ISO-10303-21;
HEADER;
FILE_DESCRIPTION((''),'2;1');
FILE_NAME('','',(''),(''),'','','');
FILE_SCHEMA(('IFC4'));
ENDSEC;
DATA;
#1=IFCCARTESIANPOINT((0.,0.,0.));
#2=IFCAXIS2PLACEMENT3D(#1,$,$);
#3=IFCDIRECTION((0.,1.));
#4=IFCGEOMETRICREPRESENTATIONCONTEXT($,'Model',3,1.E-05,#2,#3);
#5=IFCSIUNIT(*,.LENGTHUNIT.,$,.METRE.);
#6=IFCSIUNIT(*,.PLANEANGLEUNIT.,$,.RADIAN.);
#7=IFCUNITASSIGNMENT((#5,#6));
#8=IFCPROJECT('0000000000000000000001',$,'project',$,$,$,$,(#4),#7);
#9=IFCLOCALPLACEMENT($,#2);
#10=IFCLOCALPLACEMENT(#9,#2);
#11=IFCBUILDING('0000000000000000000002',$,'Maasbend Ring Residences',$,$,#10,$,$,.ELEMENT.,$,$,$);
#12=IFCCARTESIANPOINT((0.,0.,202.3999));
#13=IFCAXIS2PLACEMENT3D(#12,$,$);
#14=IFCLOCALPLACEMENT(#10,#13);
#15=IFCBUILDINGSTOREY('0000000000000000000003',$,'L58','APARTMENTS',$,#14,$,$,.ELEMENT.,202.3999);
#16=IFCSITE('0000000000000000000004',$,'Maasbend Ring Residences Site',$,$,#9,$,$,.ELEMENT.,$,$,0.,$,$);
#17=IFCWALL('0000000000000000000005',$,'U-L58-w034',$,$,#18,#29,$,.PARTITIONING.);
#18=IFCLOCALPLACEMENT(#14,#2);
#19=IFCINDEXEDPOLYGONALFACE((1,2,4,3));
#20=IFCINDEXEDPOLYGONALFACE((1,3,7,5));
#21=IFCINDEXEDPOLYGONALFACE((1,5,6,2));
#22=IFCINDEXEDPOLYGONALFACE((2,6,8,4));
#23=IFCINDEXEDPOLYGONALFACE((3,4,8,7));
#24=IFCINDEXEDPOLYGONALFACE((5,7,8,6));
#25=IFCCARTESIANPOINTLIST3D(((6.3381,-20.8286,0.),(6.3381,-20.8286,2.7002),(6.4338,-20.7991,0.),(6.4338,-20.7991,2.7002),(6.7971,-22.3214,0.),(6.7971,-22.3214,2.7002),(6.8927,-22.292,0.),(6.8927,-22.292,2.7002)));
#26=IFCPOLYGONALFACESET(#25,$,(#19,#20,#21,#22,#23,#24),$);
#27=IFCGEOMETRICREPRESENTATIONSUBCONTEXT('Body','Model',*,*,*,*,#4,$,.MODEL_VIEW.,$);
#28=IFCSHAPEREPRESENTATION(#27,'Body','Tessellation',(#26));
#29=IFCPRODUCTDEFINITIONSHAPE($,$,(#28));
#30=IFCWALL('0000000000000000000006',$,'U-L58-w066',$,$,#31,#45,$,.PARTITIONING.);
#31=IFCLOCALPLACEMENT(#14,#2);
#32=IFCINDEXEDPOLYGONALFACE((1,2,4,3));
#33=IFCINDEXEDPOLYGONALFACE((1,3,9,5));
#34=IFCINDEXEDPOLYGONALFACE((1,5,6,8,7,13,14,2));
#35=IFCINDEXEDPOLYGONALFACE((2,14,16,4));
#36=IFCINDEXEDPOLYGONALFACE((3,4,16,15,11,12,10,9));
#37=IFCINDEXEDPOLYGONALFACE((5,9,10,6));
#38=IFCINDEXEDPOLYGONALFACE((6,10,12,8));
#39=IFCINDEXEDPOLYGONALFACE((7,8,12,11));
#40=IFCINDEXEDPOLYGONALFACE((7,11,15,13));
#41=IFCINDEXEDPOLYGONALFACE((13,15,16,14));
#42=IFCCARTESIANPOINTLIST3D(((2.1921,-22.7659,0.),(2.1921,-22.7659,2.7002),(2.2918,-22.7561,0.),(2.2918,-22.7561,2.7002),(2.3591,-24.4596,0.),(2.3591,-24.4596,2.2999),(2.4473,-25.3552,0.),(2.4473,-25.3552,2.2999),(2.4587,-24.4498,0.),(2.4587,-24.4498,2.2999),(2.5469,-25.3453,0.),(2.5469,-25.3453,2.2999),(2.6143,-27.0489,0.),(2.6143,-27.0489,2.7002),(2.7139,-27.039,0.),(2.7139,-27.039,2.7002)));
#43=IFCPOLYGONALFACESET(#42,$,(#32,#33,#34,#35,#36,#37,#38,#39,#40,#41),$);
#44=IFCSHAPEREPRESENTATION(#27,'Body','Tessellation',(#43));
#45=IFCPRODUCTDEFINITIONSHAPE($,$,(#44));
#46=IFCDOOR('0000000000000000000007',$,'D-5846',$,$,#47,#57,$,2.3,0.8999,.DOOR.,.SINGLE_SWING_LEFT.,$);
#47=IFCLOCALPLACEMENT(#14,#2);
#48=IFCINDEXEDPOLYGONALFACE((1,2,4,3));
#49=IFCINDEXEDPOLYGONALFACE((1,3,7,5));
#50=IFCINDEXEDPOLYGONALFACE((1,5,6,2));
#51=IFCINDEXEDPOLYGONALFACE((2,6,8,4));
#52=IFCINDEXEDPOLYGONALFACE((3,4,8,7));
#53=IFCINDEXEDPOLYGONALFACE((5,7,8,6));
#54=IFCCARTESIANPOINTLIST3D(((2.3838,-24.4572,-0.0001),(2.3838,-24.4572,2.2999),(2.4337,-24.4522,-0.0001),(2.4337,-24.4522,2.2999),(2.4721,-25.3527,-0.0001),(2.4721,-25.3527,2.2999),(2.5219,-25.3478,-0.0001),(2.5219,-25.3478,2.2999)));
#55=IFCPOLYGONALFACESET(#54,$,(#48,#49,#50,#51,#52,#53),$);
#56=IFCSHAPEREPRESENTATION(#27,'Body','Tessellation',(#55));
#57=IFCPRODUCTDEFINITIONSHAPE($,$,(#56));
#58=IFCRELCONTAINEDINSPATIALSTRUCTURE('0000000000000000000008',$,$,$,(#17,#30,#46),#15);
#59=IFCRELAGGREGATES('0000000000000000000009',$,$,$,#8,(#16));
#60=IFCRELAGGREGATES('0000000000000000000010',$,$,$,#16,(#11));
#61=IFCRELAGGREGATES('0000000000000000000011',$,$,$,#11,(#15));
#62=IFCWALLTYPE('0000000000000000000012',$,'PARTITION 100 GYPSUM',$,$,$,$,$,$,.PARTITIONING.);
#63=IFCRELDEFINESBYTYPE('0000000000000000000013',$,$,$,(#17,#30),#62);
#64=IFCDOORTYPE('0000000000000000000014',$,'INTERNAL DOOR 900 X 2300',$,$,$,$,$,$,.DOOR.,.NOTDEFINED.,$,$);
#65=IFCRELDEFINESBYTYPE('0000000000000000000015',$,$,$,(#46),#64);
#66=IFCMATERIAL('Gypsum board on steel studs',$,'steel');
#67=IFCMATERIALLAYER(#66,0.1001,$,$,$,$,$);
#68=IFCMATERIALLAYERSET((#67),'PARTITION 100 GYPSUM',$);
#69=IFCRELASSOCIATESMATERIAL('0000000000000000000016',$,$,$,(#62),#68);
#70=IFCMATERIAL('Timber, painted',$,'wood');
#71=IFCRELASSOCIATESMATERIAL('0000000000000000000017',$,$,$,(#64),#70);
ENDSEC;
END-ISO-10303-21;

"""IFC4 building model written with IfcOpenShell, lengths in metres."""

from ifc_helpers import new_model, si_unit, direction, frame, frame_2d, origin, place, context, subcontext, project, spatial, rectangle, extrude, material, layer, layer_set, type_object, element, fill, save


model = new_model("IFC4")

# Units and contexts
model_context = context("Model", 3, precision=1e-05, world=origin(), true_north=direction((0.0, 1.0)))
body_context = subcontext(model_context, "Body", "Model", "MODEL_VIEW")
ifc_project = project(units=[si_unit("LENGTHUNIT", "METRE"), si_unit("PLANEANGLEUNIT", "RADIAN")], contexts=[model_context])

# Site, building, storey
site_placement = place(None, origin())
site = spatial("IfcSite", under=ifc_project, at=site_placement, Name="Maasbend Ring Residences Site", CompositionType="ELEMENT", RefElevation=0.0)
building_placement = place(site_placement, origin())
building = spatial("IfcBuilding", under=site, at=building_placement, Name="Maasbend Ring Residences", CompositionType="ELEMENT")
storey_placement = place(building_placement, frame((0.0, 0.0, 202.3999)))
storey = spatial("IfcBuildingStorey", under=building, at=storey_placement, Name="L58", Description="APARTMENTS", CompositionType="ELEMENT", Elevation=202.3999)

# Shared definitions
ifc_material_1 = material(Name="Gypsum board on steel studs", Category="steel")
ifc_layer_1 = layer(ifc_material_1, 0.1001)
ifc_layer_set_1 = layer_set([ifc_layer_1], Name="PARTITION 100 GYPSUM")
wall_type_1 = type_object("IfcWallType", Name="PARTITION 100 GYPSUM", PredefinedType="PARTITIONING", material=ifc_layer_set_1)
ifc_material_2 = material(Name="Timber, painted", Category="wood")
door_type_1 = type_object("IfcDoorType", Name="INTERNAL DOOR 900 X 2300", OperationType="NOTDEFINED", PredefinedType="DOOR", material=ifc_material_2)

# Wall
wall_1_placement = place(storey_placement, frame((6.386, -20.814, 0.0), z_axis=(0.0, 0.0, 1.0), x_axis=(0.293866, -0.955847, 0.0)))
element("IfcWall", 1, at=wall_1_placement, inside=storey, type_object=wall_type_1, Name="U-L58-w034", PredefinedType="PARTITIONING", context=body_context, shape_type="SweptSolid", body=[
    extrude(rectangle(XDim=1.5618, YDim=0.1001, at=frame_2d((0.7808, 0.0))), origin(), (0.0, 0.0, 1.0), 2.7002),
])

# Wall, opening, door
wall_2_placement = place(storey_placement, frame((2.2419, -22.761, 0.0), z_axis=(0.0, 0.0, 1.0), x_axis=(0.098083, -0.995178, 0.0)))
wall_2 = element("IfcWall", 2, at=wall_2_placement, inside=storey, type_object=wall_type_1, Name="U-L58-w066", PredefinedType="PARTITIONING", context=body_context, shape_type="SweptSolid", body=[
    extrude(rectangle(XDim=4.3037, YDim=0.1001, at=frame_2d((2.1519, 0.0))), origin(), (0.0, 0.0, 1.0), 2.7002),
])
opening_1_placement = place(wall_2_placement, frame((1.7019, 0.0, 0.0)))
opening_1 = element("IfcOpeningElement", 3, at=opening_1_placement, cuts=wall_2, PredefinedType="OPENING", context=body_context, shape_type="SweptSolid", body=[
    extrude(rectangle(XDim=0.8999, YDim=2.3, at=frame_2d((0.45, 1.1499))), frame((0.0, 0.0601, 0.0), z_axis=(0.0, -1.0, 0.0), x_axis=(1.0, 0.0, 0.0)), (0.0, 0.0, 1.0), 0.1201),
])
door_1_placement = place(opening_1_placement, origin())
door_1 = element("IfcDoor", 4, at=door_1_placement, inside=storey, type_object=door_type_1, Name="D-5846", OperationType="SINGLE_SWING_LEFT", OverallHeight=2.3, OverallWidth=0.8999, PredefinedType="DOOR", context=body_context, shape_type="SweptSolid", body=[
    extrude(rectangle(XDim=0.8999, YDim=2.3, at=frame_2d((0.45, 1.1499))), frame((0.0, 0.0249, 0.0), z_axis=(0.0, -1.0, 0.0), x_axis=(1.0, 0.0, 0.0)), (0.0, 0.0, 1.0), 0.05),
])
fill(opening_1, door_1)

save(model, "model.ifc")
